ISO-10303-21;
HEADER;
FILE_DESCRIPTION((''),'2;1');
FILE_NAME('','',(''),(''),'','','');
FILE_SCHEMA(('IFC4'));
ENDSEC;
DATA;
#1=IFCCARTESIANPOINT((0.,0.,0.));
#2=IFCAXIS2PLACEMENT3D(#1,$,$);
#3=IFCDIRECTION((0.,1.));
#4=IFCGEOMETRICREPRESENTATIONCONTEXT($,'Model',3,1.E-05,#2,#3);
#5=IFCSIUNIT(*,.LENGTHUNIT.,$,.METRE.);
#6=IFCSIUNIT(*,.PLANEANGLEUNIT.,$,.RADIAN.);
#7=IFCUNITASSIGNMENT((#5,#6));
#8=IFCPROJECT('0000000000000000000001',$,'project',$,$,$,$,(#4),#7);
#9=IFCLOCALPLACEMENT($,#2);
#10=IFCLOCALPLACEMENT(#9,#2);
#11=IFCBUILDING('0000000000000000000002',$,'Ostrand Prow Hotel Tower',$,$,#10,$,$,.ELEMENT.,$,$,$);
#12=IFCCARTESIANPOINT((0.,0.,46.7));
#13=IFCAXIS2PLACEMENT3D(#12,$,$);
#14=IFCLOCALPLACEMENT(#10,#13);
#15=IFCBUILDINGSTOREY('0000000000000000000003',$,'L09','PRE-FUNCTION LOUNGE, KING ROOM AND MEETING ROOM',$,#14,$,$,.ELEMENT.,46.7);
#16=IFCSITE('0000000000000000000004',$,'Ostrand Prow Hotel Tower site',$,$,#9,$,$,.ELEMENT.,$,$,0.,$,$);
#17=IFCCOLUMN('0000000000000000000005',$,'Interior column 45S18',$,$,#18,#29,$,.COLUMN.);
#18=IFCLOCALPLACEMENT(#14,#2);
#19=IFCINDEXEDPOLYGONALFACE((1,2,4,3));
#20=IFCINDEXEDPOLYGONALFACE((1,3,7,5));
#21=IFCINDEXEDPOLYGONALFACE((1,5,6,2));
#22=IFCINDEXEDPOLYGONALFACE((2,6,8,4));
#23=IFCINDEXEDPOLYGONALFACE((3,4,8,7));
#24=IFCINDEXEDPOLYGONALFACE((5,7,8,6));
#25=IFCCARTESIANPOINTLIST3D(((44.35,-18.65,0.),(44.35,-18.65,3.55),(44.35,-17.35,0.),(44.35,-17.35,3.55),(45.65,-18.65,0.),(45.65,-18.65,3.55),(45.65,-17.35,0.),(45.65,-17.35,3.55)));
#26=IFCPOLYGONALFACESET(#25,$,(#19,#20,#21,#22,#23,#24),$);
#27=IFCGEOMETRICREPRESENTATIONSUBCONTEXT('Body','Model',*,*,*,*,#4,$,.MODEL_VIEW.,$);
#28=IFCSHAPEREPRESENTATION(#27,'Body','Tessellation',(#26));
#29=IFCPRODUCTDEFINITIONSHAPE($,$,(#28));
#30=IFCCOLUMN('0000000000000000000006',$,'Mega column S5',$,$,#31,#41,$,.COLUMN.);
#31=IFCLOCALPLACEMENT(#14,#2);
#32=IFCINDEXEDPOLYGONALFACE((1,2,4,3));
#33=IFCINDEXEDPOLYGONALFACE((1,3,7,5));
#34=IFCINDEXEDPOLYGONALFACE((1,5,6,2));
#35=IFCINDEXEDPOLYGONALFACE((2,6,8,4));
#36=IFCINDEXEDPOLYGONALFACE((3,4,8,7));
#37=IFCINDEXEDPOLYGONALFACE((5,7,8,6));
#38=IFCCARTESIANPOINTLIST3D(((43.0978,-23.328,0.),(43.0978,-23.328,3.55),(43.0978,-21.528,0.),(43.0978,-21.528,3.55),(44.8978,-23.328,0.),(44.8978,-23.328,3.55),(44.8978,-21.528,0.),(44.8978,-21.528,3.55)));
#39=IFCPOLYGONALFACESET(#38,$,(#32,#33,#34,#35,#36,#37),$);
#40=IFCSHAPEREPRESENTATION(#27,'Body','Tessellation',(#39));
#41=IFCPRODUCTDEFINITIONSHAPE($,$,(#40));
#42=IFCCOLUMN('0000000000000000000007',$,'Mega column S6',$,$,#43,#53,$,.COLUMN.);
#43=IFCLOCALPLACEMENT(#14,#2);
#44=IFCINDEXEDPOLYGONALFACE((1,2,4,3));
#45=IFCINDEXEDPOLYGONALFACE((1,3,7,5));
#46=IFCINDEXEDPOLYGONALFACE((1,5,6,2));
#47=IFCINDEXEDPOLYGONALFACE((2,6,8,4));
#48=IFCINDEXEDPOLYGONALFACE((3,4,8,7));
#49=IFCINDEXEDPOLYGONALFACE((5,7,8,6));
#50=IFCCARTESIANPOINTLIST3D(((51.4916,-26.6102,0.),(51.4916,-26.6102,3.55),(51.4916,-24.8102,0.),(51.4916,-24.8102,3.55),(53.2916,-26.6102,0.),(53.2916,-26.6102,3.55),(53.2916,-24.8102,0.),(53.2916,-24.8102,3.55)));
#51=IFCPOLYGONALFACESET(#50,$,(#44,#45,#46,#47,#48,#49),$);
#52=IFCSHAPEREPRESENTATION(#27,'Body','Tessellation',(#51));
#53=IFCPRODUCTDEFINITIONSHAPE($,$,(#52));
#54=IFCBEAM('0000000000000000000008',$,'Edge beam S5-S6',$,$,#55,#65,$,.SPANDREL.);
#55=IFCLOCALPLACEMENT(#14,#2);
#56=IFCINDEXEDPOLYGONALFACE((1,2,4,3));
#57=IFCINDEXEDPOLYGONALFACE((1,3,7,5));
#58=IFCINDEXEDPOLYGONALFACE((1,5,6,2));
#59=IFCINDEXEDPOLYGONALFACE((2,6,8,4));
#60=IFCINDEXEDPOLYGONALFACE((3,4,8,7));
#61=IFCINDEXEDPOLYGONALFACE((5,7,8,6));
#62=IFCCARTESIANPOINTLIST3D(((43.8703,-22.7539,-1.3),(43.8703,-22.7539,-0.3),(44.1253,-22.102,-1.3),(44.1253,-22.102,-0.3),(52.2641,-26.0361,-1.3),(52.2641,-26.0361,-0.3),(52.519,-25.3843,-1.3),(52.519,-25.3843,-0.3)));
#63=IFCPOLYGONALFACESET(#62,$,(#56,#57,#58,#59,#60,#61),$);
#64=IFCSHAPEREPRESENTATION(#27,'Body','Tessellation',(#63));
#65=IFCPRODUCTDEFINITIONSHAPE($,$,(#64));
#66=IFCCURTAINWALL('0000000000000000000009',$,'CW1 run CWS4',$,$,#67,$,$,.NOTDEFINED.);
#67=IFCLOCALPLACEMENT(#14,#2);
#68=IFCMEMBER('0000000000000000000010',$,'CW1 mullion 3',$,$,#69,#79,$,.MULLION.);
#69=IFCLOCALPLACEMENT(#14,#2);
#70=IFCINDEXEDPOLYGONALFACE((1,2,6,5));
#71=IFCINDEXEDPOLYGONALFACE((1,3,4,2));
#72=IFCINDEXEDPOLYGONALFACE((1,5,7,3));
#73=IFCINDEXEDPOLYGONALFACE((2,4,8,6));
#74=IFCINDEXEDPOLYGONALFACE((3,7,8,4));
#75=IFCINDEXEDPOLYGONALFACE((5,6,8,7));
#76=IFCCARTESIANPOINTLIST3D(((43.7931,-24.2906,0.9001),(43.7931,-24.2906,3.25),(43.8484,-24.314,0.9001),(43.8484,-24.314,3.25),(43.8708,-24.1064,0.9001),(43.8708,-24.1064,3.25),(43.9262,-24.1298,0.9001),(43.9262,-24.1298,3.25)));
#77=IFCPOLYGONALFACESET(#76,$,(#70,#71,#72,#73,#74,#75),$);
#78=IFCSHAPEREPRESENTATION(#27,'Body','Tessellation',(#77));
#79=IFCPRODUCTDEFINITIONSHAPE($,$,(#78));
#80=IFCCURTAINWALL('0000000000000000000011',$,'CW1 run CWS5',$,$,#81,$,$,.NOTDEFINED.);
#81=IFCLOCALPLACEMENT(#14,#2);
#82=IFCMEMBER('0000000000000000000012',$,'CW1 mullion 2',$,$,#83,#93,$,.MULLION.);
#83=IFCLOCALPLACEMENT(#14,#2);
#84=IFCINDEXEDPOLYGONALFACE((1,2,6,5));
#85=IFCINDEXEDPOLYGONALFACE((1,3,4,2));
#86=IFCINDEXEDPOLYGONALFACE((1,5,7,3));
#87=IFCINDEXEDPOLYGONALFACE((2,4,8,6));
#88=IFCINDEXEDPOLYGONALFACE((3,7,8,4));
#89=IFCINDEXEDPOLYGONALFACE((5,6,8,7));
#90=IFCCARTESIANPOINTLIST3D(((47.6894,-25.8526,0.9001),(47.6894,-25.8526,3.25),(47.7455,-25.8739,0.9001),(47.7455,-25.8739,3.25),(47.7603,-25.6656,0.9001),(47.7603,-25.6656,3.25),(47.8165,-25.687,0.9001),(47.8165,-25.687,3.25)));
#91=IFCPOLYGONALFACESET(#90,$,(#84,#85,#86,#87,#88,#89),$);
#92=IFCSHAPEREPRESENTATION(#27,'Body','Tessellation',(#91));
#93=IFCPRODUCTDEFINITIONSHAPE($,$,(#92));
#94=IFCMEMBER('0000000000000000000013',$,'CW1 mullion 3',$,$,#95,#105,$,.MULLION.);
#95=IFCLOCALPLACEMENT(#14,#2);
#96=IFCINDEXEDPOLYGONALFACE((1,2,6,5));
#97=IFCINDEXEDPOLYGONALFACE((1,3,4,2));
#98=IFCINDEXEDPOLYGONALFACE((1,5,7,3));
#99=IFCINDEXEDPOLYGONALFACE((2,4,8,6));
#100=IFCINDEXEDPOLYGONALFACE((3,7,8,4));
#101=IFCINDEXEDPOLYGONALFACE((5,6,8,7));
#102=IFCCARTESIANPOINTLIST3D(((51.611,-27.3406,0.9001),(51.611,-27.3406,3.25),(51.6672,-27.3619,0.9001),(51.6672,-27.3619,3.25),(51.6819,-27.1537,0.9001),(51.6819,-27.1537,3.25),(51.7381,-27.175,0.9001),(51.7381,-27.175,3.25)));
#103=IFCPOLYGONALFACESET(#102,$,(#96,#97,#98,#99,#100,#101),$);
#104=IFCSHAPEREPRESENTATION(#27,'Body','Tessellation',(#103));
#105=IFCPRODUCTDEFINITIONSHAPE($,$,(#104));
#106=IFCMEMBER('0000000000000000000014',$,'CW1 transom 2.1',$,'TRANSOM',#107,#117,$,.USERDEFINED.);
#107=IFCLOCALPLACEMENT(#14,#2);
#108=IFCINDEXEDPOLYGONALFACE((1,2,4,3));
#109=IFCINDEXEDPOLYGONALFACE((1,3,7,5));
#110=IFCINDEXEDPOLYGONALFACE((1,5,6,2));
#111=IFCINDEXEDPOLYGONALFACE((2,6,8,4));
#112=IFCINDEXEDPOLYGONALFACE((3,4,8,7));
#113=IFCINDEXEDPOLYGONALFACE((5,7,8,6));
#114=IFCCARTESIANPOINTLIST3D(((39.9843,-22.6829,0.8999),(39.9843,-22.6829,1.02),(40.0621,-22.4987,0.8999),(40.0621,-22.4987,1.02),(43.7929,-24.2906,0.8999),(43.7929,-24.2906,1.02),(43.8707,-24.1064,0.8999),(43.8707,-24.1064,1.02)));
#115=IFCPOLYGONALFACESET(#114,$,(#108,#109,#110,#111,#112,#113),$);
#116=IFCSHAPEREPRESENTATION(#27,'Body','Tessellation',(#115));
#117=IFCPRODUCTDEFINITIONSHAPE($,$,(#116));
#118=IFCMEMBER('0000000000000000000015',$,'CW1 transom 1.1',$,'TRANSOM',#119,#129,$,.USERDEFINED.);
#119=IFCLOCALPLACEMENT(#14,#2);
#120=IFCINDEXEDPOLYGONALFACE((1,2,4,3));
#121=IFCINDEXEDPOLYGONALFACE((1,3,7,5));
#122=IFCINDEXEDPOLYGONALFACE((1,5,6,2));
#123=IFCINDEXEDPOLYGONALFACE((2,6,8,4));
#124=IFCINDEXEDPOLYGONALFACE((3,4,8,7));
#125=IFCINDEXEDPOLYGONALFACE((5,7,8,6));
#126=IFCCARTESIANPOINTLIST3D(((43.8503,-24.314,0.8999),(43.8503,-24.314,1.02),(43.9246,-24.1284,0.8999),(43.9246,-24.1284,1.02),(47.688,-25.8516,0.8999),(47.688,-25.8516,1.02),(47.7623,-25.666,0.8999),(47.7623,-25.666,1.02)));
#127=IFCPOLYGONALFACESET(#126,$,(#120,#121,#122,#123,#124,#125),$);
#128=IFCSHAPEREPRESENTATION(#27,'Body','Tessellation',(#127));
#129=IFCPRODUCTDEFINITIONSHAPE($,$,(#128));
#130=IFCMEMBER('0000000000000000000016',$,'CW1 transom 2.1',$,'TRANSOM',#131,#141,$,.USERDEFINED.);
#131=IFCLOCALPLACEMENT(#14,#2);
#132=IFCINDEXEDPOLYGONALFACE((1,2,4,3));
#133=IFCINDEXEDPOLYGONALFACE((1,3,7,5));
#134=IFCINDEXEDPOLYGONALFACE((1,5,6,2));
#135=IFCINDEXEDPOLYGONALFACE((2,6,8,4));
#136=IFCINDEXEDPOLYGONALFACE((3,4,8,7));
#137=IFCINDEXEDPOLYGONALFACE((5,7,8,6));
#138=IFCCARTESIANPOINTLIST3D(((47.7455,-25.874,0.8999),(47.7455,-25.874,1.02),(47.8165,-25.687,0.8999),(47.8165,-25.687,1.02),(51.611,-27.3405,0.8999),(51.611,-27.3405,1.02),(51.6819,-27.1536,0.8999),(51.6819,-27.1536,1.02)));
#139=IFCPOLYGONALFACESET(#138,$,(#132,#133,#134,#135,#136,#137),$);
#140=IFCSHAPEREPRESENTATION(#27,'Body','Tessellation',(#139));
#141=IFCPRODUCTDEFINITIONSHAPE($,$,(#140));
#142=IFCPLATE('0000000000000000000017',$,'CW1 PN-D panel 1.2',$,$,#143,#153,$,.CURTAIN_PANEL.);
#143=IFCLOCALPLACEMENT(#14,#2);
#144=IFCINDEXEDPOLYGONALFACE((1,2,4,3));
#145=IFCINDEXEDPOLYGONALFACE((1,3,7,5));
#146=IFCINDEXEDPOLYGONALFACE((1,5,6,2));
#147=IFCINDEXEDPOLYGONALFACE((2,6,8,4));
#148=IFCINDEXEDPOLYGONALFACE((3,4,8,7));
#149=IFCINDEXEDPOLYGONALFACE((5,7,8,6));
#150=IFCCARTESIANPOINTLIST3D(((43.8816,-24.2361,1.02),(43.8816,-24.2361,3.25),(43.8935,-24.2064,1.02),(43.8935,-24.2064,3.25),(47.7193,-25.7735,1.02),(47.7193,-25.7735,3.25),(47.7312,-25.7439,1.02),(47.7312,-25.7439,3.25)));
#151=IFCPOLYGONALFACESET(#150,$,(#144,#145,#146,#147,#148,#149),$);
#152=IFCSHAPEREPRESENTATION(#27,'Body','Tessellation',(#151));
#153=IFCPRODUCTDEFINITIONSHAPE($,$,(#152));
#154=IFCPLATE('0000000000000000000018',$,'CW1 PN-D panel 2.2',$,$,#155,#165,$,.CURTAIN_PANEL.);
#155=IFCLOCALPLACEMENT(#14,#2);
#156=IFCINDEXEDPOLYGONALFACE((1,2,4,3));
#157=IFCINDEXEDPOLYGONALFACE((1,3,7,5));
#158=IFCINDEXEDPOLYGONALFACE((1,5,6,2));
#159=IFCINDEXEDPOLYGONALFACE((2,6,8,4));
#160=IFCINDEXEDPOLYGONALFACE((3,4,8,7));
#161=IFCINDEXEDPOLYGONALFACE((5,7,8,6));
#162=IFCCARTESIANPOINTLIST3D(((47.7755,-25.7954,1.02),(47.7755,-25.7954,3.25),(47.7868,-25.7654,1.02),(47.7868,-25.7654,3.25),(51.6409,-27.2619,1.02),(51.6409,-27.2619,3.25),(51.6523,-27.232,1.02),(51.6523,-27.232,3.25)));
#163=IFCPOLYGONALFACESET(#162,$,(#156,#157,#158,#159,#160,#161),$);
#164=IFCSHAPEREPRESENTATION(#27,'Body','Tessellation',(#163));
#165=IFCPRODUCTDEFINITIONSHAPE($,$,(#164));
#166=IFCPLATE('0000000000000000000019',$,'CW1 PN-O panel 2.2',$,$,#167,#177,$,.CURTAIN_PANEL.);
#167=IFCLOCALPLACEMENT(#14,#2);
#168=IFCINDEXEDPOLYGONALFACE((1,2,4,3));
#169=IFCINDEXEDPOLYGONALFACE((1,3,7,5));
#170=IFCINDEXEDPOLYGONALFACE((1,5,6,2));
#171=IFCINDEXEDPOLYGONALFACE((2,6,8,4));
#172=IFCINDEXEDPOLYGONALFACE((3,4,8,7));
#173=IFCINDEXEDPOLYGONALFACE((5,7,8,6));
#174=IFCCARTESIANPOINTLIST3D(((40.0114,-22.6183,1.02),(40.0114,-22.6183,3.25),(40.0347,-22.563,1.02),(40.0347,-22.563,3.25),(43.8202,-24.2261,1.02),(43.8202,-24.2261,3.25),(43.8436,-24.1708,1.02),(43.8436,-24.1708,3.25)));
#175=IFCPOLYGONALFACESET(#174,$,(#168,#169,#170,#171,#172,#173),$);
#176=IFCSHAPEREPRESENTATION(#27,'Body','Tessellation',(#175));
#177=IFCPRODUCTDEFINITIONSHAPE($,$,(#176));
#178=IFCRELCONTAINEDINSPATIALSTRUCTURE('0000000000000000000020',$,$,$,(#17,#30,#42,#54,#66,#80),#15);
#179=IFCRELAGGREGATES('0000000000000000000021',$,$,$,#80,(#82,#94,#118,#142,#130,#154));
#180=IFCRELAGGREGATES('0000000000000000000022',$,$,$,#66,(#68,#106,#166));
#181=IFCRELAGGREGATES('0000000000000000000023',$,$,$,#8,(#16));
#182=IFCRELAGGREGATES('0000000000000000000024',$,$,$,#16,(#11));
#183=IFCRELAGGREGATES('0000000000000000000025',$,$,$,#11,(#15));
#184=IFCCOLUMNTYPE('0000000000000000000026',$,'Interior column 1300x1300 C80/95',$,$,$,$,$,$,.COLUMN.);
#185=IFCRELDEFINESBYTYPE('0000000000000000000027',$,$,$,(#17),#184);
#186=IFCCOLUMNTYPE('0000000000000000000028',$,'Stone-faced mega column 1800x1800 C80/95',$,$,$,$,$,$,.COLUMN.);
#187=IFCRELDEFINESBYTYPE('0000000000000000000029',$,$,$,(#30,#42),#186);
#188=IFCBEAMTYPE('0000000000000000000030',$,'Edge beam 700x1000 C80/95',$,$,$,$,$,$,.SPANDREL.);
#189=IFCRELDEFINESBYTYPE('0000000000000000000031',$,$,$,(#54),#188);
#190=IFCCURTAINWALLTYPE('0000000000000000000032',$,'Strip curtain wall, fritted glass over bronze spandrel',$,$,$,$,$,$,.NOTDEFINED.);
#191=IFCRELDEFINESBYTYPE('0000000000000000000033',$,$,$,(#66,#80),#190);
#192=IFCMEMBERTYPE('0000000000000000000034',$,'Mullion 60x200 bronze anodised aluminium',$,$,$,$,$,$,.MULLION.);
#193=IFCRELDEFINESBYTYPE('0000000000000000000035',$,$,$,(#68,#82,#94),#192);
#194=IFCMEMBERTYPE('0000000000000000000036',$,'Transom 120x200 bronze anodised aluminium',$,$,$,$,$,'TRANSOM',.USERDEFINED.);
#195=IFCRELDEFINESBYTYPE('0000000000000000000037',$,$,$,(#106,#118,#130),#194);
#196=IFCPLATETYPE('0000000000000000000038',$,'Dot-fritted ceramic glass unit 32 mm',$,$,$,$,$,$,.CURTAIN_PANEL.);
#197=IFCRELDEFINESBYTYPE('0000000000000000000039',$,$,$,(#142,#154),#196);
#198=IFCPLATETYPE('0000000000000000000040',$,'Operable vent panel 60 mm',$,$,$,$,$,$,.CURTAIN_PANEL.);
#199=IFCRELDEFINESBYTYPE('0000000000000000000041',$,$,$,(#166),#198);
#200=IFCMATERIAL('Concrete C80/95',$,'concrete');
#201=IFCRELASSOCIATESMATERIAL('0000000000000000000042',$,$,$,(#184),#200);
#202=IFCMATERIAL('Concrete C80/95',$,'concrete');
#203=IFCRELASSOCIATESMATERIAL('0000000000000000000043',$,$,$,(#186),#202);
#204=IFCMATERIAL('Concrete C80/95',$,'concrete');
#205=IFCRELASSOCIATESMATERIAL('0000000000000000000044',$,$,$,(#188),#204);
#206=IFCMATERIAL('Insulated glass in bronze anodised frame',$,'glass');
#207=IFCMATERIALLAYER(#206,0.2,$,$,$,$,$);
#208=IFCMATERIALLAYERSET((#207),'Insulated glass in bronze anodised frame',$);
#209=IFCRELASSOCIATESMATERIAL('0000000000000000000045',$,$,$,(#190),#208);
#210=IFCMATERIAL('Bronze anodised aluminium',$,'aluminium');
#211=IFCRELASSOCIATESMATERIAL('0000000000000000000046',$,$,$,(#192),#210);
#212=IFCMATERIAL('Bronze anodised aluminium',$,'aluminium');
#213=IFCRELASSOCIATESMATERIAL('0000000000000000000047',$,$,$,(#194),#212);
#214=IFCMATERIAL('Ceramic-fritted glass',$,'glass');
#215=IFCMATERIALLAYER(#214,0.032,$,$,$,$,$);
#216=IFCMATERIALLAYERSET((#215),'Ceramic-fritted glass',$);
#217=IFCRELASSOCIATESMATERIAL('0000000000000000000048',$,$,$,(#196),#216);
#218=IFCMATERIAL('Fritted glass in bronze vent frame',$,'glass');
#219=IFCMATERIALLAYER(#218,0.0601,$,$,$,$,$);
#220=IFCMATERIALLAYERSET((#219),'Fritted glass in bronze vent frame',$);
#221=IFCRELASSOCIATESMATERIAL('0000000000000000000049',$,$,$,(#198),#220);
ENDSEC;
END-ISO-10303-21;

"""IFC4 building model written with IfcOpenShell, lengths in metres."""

from ifc_helpers import new_model, si_unit, direction, frame, origin, origin_2d, place, context, subcontext, project, spatial, rectangle, extrude, material, layer, layer_set, material_profile, profile_set, type_object, element, aggregate, save


model = new_model("IFC4")

# Units and contexts
model_context = context("Model", 3, precision=1e-05, world=origin(), true_north=direction((0.0, 1.0)))
body_context = subcontext(model_context, "Body", "Model", "MODEL_VIEW")
ifc_project = project(units=[si_unit("LENGTHUNIT", "METRE"), si_unit("PLANEANGLEUNIT", "RADIAN")], contexts=[model_context])

# Site, building, storey
site_placement = place(None, origin())
site = spatial("IfcSite", under=ifc_project, at=site_placement, Name="Ostrand Prow Hotel Tower site", CompositionType="ELEMENT", RefElevation=0.0)
building_placement = place(site_placement, origin())
building = spatial("IfcBuilding", under=site, at=building_placement, Name="Ostrand Prow Hotel Tower", CompositionType="ELEMENT")
storey_placement = place(building_placement, frame((0.0, 0.0, 46.7)))
storey = spatial("IfcBuildingStorey", under=building, at=storey_placement, Name="L09", Description="PRE-FUNCTION LOUNGE, KING ROOM AND MEETING ROOM", CompositionType="ELEMENT", Elevation=46.7)

# Columns
ifc_material_1 = material(Name="Concrete C80/95", Category="concrete")
ifc_material_profile_1 = material_profile(ifc_material_1, rectangle(XDim=1.3, YDim=1.3, at=origin_2d()), Name="RC 1300x1300")
ifc_profile_set_1 = profile_set([ifc_material_profile_1], Name="Concrete C80/95")
column_type_1 = type_object("IfcColumnType", Name="Interior column 1300x1300 C80/95", PredefinedType="COLUMN", material=ifc_profile_set_1)
column_placement = place(storey_placement, frame((45.0, -18.0, 0.0), z_axis=(0.0, 0.0, 1.0), x_axis=(1.0, 0.0, 0.0)))
element("IfcColumn", 1, at=column_placement, inside=storey, type_object=column_type_1, Name="Interior column 45S18", PredefinedType="COLUMN", context=body_context, shape_type="SweptSolid", body=[
    extrude(rectangle(XDim=1.3, YDim=1.3, at=origin_2d()), origin(), (0.0, 0.0, 1.0), 3.55),
])
ifc_material_2 = material(Name="Concrete C80/95", Category="concrete")
ifc_material_profile_2 = material_profile(ifc_material_2, rectangle(XDim=1.8, YDim=1.8, at=origin_2d()), Name="RC 1800x1800")
ifc_profile_set_2 = profile_set([ifc_material_profile_2], Name="Concrete C80/95")
column_type_2 = type_object("IfcColumnType", Name="Stone-faced mega column 1800x1800 C80/95", PredefinedType="COLUMN", material=ifc_profile_set_2)
for number, where, z_axis, x_axis, name in (
    (2, (43.9978, -22.428, 0.0), (0.0, 0.0, 1.0), (1.0, 0.0, 0.0), "Mega column S5"),
    (3, (52.3916, -25.7102, 0.0), (0.0, 0.0, 1.0), (1.0, 0.0, 0.0), "Mega column S6"),
):
    element("IfcColumn", number, at=place(storey_placement, frame(where, z_axis=z_axis, x_axis=x_axis)), inside=storey, type_object=column_type_2, Name=name, PredefinedType="COLUMN", context=body_context, shape_type="SweptSolid", body=[
        extrude(rectangle(XDim=1.8, YDim=1.8, at=origin_2d()), origin(), (0.0, 0.0, 1.0), 3.55),
    ])

# Beam
ifc_material_3 = material(Name="Concrete C80/95", Category="concrete")
ifc_material_profile_3 = material_profile(ifc_material_3, rectangle(XDim=0.7, YDim=1.0, at=origin_2d()), Name="RC 700x1000")
ifc_profile_set_3 = profile_set([ifc_material_profile_3], Name="Concrete C80/95")
beam_type = type_object("IfcBeamType", Name="Edge beam 700x1000 C80/95", PredefinedType="SPANDREL", material=ifc_profile_set_3)
beam_placement = place(storey_placement, frame((43.9978, -22.428, -0.8), z_axis=(0.931329, -0.364178, 0.0), x_axis=(0.364178, 0.931329, 0.0)))
element("IfcBeam", 4, at=beam_placement, inside=storey, type_object=beam_type, Name="Edge beam S5-S6", PredefinedType="SPANDREL", context=body_context, shape_type="SweptSolid", body=[
    extrude(rectangle(XDim=0.7, YDim=1.0, at=origin_2d()), origin(), (0.0, 0.0, 1.0), 9.0127),
])

# Curtain wall, member
ifc_material_4 = material(Name="Insulated glass in bronze anodised frame", Category="glass")
ifc_layer_1 = layer(ifc_material_4, 0.2)
ifc_layer_set_1 = layer_set([ifc_layer_1], Name="Insulated glass in bronze anodised frame")
curtain_wall_type = type_object("IfcCurtainWallType", Name="Strip curtain wall, fritted glass over bronze spandrel", PredefinedType="NOTDEFINED", material=ifc_layer_set_1)
curtain_wall_1_placement = place(storey_placement, origin())
curtain_wall_1 = element("IfcCurtainWall", 5, at=curtain_wall_1_placement, inside=storey, type_object=curtain_wall_type, Name="CW1 run CWS4", PredefinedType="NOTDEFINED")
ifc_material_5 = material(Name="Bronze anodised aluminium", Category="aluminium")
ifc_material_profile_4 = material_profile(ifc_material_5, rectangle(XDim=0.2, YDim=0.0601, at=origin_2d()), Name="Mullion 60x200 bronze anodised aluminium")
ifc_profile_set_4 = profile_set([ifc_material_profile_4], Name="Bronze anodised aluminium")
member_type_1 = type_object("IfcMemberType", Name="Mullion 60x200 bronze anodised aluminium", PredefinedType="MULLION", material=ifc_profile_set_4)
member_1_placement = place(storey_placement, frame((43.8596, -24.2102, 0.9001), z_axis=(0.0, 0.0, 1.0), x_axis=(0.388892, 0.921283, 0.0)))
member_1 = element("IfcMember", 6, at=member_1_placement, type_object=member_type_1, Name="CW1 mullion 3", PredefinedType="MULLION", context=body_context, shape_type="SweptSolid", body=[
    extrude(rectangle(XDim=0.2, YDim=0.0601, at=origin_2d()), origin(), (0.0, 0.0, 1.0), 2.3499),
])

# Curtain wall, members
curtain_wall_2_placement = place(storey_placement, origin())
curtain_wall_2 = element("IfcCurtainWall", 7, at=curtain_wall_2_placement, inside=storey, type_object=curtain_wall_type, Name="CW1 run CWS5", PredefinedType="NOTDEFINED")
member_2_placement = place(storey_placement, frame((47.7529, -25.7698, 0.9001), z_axis=(0.0, 0.0, 1.0), x_axis=(0.354728, 0.934969, 0.0)))
member_2 = element("IfcMember", 8, at=member_2_placement, type_object=member_type_1, Name="CW1 mullion 2", PredefinedType="MULLION", context=body_context, shape_type="SweptSolid", body=[
    extrude(rectangle(XDim=0.2, YDim=0.0601, at=origin_2d()), origin(), (0.0, 0.0, 1.0), 2.3499),
])
member_3_placement = place(storey_placement, frame((51.6746, -27.2578, 0.9001), z_axis=(0.0, 0.0, 1.0), x_axis=(0.354728, 0.934969, 0.0)))
member_3 = element("IfcMember", 9, at=member_3_placement, type_object=member_type_1, Name="CW1 mullion 3", PredefinedType="MULLION", context=body_context, shape_type="SweptSolid", body=[
    extrude(rectangle(XDim=0.2, YDim=0.0601, at=origin_2d()), origin(), (0.0, 0.0, 1.0), 2.3499),
])

# Members
ifc_material_6 = material(Name="Bronze anodised aluminium", Category="aluminium")
ifc_material_profile_5 = material_profile(ifc_material_6, rectangle(XDim=0.2, YDim=0.1201, at=origin_2d()), Name="Transom 120x200 bronze anodised aluminium")
ifc_profile_set_5 = profile_set([ifc_material_profile_5], Name="Bronze anodised aluminium")
member_type_2 = type_object("IfcMemberType", Name="Transom 120x200 bronze anodised aluminium", ElementType="TRANSOM", PredefinedType="USERDEFINED", material=ifc_profile_set_5)
member_4_placement = place(storey_placement, frame((40.0232, -22.5908, 0.96), z_axis=(0.921285, -0.388888, 0.0), x_axis=(0.388888, 0.921285, 0.0)))
member_4 = element("IfcMember", 10, at=member_4_placement, type_object=member_type_2, Name="CW1 transom 2.1", ObjectType="TRANSOM", PredefinedType="USERDEFINED", context=body_context, shape_type="SweptSolid", body=[
    extrude(rectangle(XDim=0.2, YDim=0.1201, at=origin_2d()), origin(), (0.0, 0.0, 1.0), 4.134),
])
member_5_placement = place(storey_placement, frame((43.8875, -24.2212, 0.96), z_axis=(0.928265, -0.37192, 0.0), x_axis=(0.37192, 0.928265, 0.0)))
member_5 = element("IfcMember", 11, at=member_5_placement, type_object=member_type_2, Name="CW1 transom 1.1", ObjectType="TRANSOM", PredefinedType="USERDEFINED", context=body_context, shape_type="SweptSolid", body=[
    extrude(rectangle(XDim=0.2, YDim=0.1201, at=origin_2d()), origin(), (0.0, 0.0, 1.0), 4.1343),
])
member_6_placement = place(storey_placement, frame((47.781, -25.7805, 0.96), z_axis=(0.934971, -0.354725, 0.0), x_axis=(0.354725, 0.934971, 0.0)))
member_6 = element("IfcMember", 12, at=member_6_placement, type_object=member_type_2, Name="CW1 transom 2.1", ObjectType="TRANSOM", PredefinedType="USERDEFINED", context=body_context, shape_type="SweptSolid", body=[
    extrude(rectangle(XDim=0.2, YDim=0.1201, at=origin_2d()), origin(), (0.0, 0.0, 1.0), 4.1343),
])

# Plates
ifc_material_7 = material(Name="Ceramic-fritted glass", Category="glass")
ifc_layer_2 = layer(ifc_material_7, 0.032)
ifc_layer_set_2 = layer_set([ifc_layer_2], Name="Ceramic-fritted glass")
plate_type_1 = type_object("IfcPlateType", Name="Dot-fritted ceramic glass unit 32 mm", PredefinedType="CURTAIN_PANEL", material=ifc_layer_set_2)
plate_1_placement = place(storey_placement, frame((45.8064, -24.99, 1.02), z_axis=(0.0, 0.0, 1.0), x_axis=(0.928283, -0.371873, 0.0)))
plate_1 = element("IfcPlate", 13, at=plate_1_placement, type_object=plate_type_1, Name="CW1 PN-D panel 1.2", PredefinedType="CURTAIN_PANEL", context=body_context, shape_type="SweptSolid", body=[
    extrude(rectangle(XDim=4.1343, YDim=0.032, at=origin_2d()), origin(), (0.0, 0.0, 1.0), 2.23),
])
plate_2_placement = place(storey_placement, frame((49.7139, -26.5137, 1.02), z_axis=(0.0, 0.0, 1.0), x_axis=(0.934969, -0.354728, 0.0)))
plate_2 = element("IfcPlate", 14, at=plate_2_placement, type_object=plate_type_1, Name="CW1 PN-D panel 2.2", PredefinedType="CURTAIN_PANEL", context=body_context, shape_type="SweptSolid", body=[
    extrude(rectangle(XDim=4.1343, YDim=0.032, at=origin_2d()), origin(), (0.0, 0.0, 1.0), 2.23),
])
aggregate(curtain_wall_2, [member_2, member_3, member_5, plate_1, member_6, plate_2])
ifc_material_8 = material(Name="Fritted glass in bronze vent frame", Category="glass")
ifc_layer_3 = layer(ifc_material_8, 0.0601)
ifc_layer_set_3 = layer_set([ifc_layer_3], Name="Fritted glass in bronze vent frame")
plate_type_2 = type_object("IfcPlateType", Name="Operable vent panel 60 mm", PredefinedType="CURTAIN_PANEL", material=ifc_layer_set_3)
plate_3_placement = place(storey_placement, frame((41.9275, -23.3945, 1.02), z_axis=(0.0, 0.0, 1.0), x_axis=(0.921283, -0.388892, 0.0)))
plate_3 = element("IfcPlate", 15, at=plate_3_placement, type_object=plate_type_2, Name="CW1 PN-O panel 2.2", PredefinedType="CURTAIN_PANEL", context=body_context, shape_type="SweptSolid", body=[
    extrude(rectangle(XDim=4.1343, YDim=0.0601, at=origin_2d()), origin(), (0.0, 0.0, 1.0), 2.23),
])
aggregate(curtain_wall_1, [member_1, member_4, plate_3])

save(model, "model.ifc")
